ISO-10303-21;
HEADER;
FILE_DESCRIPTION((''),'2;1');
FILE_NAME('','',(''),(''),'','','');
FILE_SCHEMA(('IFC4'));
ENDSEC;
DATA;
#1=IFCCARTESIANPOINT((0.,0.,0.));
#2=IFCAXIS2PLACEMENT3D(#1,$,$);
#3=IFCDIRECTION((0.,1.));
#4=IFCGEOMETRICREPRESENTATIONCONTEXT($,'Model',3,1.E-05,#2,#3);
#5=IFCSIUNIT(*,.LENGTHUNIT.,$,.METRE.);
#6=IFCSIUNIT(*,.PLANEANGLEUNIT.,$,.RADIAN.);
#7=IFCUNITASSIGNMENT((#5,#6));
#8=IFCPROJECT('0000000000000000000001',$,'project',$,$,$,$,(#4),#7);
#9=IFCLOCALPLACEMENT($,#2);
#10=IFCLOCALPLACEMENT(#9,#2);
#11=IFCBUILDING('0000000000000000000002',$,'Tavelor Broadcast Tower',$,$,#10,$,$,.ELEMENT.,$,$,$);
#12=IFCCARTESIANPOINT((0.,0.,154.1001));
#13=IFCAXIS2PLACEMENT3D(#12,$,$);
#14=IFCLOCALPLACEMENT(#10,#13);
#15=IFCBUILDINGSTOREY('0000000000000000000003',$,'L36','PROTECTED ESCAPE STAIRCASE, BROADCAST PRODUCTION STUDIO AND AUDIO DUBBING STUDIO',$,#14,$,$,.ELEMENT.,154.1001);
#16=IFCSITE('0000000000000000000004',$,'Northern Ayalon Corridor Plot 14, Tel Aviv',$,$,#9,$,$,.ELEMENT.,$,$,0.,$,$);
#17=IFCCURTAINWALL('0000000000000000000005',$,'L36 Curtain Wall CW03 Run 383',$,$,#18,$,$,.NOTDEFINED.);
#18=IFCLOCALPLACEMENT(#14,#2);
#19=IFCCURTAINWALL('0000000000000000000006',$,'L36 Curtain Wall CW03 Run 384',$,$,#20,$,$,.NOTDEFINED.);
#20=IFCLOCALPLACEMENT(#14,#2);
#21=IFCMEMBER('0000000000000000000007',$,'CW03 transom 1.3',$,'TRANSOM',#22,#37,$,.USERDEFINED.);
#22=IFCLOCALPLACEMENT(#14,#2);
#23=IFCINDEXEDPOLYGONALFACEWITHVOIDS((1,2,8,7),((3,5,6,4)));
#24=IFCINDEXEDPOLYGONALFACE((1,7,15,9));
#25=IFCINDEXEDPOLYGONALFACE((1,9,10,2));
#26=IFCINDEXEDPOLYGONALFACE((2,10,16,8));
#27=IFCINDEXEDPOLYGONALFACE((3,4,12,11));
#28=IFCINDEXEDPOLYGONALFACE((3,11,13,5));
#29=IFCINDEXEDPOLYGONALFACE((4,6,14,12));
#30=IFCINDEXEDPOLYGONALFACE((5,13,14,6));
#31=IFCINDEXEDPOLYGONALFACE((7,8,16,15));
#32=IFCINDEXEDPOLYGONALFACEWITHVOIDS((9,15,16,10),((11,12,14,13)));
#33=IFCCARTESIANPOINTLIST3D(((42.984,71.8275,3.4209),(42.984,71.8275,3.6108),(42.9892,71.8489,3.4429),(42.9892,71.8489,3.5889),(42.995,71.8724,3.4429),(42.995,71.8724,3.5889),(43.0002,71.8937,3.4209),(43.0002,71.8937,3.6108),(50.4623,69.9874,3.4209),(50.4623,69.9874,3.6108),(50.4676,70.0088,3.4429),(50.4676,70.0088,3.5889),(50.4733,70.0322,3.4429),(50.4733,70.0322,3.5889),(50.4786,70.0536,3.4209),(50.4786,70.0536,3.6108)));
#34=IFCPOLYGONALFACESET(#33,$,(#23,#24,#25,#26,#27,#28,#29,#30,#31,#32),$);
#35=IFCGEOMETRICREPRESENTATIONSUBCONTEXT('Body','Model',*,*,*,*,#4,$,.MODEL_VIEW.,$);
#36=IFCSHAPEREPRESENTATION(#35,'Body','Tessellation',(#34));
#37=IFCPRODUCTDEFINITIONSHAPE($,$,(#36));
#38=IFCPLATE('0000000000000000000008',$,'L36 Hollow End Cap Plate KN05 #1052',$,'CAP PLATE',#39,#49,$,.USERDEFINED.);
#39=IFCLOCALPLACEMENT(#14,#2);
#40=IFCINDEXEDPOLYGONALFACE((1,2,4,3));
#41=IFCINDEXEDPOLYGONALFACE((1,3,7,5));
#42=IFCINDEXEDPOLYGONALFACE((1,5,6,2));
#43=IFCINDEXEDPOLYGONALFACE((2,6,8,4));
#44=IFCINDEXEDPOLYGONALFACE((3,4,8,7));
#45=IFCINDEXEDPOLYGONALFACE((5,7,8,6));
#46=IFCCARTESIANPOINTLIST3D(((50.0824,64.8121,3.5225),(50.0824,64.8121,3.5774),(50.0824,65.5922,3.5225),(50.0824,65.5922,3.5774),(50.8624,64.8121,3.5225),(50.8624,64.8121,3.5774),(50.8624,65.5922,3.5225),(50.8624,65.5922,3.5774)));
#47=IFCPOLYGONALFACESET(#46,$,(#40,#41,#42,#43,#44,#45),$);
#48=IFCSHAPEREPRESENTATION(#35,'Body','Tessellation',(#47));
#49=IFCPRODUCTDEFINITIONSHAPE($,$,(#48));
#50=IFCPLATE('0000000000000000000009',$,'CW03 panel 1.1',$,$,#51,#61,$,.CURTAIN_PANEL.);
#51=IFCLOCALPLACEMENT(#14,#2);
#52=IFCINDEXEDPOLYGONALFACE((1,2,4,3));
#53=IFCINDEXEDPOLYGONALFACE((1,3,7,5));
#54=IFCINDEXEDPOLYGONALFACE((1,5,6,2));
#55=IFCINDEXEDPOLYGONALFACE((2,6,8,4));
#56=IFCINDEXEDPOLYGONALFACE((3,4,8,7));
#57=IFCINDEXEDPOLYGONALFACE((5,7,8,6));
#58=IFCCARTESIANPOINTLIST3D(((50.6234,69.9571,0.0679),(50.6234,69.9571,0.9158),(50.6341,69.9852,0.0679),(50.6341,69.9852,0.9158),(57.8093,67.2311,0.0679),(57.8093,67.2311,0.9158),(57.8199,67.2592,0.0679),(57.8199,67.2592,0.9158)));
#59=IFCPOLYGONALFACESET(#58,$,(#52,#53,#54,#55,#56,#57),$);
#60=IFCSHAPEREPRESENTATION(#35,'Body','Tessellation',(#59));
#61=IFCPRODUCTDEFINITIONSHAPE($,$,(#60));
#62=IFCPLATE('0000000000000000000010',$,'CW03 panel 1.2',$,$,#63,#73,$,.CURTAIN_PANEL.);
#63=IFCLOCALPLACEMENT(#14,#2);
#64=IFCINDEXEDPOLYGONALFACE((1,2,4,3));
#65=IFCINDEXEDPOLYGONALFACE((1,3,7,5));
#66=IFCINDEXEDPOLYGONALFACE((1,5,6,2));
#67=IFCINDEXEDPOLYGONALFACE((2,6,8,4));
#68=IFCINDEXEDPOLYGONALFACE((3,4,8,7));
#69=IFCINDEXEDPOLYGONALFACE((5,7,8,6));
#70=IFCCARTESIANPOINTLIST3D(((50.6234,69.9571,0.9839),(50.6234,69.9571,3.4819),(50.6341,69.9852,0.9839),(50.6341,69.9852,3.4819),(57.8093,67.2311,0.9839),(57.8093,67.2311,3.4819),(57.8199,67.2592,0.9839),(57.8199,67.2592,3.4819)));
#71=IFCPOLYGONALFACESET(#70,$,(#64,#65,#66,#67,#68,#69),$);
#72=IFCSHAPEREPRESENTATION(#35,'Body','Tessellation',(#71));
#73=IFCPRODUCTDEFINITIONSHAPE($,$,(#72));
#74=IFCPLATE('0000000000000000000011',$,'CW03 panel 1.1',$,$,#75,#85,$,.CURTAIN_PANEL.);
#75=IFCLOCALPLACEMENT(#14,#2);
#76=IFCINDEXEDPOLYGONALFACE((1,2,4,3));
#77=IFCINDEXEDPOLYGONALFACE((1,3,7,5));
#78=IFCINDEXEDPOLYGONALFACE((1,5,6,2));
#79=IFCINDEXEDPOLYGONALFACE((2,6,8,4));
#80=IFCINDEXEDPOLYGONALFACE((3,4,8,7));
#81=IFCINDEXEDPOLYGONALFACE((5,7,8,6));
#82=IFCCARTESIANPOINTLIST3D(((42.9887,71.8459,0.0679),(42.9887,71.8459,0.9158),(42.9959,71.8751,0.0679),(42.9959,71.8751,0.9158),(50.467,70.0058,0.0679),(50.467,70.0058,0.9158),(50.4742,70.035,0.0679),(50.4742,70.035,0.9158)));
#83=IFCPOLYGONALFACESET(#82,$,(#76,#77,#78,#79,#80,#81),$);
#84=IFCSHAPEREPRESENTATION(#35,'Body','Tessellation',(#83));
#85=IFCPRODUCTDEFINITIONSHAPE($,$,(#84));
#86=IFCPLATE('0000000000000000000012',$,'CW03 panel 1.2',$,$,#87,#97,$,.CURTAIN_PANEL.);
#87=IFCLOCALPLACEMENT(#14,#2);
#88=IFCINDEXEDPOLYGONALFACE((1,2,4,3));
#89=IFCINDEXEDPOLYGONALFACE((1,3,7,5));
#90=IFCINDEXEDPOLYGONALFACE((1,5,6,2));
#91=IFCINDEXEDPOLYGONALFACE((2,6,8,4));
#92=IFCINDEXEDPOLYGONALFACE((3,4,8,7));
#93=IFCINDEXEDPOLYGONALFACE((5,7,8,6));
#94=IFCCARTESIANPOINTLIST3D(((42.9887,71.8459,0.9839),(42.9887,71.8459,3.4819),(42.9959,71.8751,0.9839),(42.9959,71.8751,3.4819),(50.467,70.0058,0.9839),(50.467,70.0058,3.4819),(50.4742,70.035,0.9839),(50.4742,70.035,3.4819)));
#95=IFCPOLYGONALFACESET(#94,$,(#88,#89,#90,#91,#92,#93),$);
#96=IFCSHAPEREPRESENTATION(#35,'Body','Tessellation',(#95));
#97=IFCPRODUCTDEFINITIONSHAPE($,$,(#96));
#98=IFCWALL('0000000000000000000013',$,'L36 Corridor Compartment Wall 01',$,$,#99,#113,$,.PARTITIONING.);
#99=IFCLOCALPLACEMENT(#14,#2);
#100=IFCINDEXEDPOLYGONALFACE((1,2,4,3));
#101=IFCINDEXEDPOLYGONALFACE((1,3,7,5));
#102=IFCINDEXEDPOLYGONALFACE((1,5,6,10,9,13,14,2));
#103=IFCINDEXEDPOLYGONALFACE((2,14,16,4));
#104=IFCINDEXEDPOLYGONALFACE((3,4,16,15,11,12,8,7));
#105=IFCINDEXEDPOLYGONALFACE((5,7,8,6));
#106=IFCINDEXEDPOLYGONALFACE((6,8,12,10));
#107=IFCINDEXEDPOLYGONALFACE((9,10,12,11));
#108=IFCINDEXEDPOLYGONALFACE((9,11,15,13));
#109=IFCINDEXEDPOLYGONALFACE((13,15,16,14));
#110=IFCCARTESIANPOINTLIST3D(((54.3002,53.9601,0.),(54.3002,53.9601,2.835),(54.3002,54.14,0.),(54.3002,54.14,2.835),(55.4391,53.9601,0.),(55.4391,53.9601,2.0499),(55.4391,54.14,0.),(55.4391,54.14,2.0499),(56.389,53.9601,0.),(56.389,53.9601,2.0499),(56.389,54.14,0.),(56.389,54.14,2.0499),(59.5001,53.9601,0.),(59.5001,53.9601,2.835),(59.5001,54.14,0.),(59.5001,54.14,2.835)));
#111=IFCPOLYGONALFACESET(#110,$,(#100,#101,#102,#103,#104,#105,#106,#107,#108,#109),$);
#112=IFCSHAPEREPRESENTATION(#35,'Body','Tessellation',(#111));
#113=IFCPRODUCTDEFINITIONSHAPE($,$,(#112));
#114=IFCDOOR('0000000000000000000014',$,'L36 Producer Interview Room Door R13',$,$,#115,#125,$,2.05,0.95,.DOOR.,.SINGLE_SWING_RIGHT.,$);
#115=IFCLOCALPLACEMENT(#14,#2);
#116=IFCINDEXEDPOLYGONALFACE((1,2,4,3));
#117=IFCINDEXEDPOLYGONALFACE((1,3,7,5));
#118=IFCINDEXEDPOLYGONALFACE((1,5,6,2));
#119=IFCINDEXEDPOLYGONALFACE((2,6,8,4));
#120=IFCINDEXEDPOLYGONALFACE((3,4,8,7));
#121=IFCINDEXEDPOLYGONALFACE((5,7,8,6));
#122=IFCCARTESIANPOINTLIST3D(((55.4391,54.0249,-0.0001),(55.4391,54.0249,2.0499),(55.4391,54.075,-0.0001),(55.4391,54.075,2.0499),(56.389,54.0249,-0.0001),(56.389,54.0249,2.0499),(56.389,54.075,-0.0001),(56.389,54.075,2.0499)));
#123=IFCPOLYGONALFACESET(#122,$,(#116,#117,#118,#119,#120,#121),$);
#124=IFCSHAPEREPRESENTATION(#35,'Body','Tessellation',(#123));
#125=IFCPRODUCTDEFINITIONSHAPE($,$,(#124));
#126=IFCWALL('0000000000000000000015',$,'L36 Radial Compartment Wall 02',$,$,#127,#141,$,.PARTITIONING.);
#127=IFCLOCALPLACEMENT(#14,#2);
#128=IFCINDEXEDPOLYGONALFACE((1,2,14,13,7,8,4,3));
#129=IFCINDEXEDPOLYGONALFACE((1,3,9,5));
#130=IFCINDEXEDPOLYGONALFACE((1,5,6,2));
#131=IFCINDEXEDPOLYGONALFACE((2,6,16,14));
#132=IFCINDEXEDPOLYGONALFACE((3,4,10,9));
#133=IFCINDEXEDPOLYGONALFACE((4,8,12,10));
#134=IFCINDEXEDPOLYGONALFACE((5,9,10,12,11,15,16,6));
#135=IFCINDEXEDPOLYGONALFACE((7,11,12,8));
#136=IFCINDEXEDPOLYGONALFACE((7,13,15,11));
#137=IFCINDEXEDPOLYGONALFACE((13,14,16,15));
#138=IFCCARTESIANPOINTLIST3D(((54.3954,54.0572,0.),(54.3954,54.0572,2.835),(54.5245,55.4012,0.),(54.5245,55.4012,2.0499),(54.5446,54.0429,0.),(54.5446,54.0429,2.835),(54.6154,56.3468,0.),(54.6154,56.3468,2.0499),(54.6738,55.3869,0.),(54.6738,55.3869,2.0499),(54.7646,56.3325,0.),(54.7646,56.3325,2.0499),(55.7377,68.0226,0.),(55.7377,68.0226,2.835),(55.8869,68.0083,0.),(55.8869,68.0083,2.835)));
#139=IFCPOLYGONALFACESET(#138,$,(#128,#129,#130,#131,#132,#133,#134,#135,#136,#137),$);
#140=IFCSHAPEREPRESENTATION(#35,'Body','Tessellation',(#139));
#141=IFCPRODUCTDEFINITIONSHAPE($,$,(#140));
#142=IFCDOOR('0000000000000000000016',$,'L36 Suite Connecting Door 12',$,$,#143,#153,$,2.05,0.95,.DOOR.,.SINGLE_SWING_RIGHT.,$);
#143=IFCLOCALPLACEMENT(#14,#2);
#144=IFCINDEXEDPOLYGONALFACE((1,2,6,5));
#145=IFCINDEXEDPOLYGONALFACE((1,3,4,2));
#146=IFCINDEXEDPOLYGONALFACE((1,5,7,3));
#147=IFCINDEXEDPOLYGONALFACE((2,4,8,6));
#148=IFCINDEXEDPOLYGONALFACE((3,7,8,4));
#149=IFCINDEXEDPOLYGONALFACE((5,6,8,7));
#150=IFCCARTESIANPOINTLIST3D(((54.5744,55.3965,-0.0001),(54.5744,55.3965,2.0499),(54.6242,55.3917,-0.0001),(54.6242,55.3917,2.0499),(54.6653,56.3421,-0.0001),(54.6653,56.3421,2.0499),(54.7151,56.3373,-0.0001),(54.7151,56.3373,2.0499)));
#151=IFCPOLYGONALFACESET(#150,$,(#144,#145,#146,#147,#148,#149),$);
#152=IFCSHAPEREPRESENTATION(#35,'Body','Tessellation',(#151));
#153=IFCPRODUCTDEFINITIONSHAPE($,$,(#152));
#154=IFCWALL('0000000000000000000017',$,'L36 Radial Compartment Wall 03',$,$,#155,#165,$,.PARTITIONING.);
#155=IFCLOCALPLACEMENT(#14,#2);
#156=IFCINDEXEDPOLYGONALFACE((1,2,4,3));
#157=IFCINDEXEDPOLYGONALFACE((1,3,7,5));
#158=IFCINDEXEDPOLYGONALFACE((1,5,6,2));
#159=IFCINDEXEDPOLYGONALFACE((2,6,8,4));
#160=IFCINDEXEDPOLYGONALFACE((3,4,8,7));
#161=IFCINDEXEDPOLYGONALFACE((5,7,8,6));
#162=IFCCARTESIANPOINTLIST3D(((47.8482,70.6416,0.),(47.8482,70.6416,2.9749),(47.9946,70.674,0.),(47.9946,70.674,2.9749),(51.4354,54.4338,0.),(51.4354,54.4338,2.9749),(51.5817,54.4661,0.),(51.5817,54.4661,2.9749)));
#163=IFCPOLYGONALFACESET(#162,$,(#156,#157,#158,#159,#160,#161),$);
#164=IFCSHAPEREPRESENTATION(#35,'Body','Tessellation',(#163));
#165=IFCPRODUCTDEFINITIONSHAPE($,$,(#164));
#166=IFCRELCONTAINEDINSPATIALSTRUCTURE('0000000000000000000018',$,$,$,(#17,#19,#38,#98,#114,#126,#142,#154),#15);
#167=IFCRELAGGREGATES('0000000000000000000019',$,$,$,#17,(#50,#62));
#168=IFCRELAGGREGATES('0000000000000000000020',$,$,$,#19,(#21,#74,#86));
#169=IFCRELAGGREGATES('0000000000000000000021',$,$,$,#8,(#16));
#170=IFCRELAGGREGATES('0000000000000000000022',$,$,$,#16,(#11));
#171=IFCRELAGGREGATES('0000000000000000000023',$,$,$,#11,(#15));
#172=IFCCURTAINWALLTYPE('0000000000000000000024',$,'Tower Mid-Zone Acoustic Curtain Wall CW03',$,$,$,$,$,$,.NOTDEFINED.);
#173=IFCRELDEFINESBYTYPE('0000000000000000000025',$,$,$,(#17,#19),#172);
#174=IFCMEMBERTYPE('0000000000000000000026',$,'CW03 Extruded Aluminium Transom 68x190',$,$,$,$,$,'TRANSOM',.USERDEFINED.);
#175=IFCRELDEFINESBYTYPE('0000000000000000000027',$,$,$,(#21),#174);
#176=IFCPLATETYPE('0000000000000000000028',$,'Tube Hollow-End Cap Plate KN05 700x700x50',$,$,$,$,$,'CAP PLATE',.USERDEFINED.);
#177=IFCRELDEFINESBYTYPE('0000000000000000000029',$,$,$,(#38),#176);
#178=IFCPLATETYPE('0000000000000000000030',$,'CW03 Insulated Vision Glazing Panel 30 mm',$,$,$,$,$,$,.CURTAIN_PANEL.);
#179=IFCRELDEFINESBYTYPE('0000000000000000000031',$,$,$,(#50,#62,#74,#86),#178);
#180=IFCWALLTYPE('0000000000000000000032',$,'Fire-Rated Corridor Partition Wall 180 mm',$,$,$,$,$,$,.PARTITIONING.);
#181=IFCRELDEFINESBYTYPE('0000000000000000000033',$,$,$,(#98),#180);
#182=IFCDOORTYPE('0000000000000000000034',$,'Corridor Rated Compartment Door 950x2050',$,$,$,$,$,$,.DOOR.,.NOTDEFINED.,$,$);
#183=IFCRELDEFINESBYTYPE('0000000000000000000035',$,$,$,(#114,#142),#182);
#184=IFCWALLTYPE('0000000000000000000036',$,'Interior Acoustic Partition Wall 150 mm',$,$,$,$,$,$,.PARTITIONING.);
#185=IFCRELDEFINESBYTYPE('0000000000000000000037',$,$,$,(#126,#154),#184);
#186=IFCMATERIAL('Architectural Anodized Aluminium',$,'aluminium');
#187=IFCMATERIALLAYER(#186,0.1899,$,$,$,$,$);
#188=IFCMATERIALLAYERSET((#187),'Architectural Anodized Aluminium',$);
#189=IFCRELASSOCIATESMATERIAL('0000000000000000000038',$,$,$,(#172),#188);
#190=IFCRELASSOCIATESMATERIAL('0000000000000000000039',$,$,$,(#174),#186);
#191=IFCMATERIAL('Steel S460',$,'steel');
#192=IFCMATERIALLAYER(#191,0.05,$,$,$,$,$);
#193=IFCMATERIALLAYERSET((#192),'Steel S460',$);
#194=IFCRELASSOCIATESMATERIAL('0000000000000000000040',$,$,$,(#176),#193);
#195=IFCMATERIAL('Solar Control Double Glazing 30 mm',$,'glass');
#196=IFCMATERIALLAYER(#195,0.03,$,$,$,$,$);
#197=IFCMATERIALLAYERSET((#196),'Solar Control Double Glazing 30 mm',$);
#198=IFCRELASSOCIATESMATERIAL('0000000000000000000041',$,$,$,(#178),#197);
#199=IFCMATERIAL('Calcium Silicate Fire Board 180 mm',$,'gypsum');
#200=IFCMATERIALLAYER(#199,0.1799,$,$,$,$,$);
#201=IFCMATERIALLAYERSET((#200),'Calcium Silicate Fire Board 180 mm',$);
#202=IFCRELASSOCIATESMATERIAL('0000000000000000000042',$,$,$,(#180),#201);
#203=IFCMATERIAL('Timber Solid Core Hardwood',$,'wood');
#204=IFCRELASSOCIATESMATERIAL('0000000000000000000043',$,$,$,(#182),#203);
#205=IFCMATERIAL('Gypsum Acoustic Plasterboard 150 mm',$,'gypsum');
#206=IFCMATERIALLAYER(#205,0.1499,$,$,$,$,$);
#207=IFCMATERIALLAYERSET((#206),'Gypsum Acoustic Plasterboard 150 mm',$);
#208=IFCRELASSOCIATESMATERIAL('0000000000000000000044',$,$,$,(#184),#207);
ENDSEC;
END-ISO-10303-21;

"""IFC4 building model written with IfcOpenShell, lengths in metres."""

from ifc_helpers import new_model, si_unit, direction, frame, frame_2d, origin, origin_2d, place, context, subcontext, project, spatial, rectangle, hollow_rectangle, extrude, source, transform, mapped, material, layer, layer_set, material_profile, profile_set, type_object, type_shapes, element, fill, aggregate, save


model = new_model("IFC4")

# Units and contexts
model_context = context("Model", 3, precision=1e-05, world=origin(), true_north=direction((0.0, 1.0)))
body_context = subcontext(model_context, "Body", "Model", "MODEL_VIEW")
ifc_project = project(units=[si_unit("LENGTHUNIT", "METRE"), si_unit("PLANEANGLEUNIT", "RADIAN")], contexts=[model_context])

# Site, building, storey
site_placement = place(None, origin())
site = spatial("IfcSite", under=ifc_project, at=site_placement, Name="Northern Ayalon Corridor Plot 14, Tel Aviv", CompositionType="ELEMENT", RefElevation=0.0)
building_placement = place(site_placement, origin())
building = spatial("IfcBuilding", under=site, at=building_placement, Name="Tavelor Broadcast Tower", CompositionType="ELEMENT")
storey_placement = place(building_placement, frame((0.0, 0.0, 154.1001)))
storey = spatial("IfcBuildingStorey", under=building, at=storey_placement, Name="L36", Description="PROTECTED ESCAPE STAIRCASE, BROADCAST PRODUCTION STUDIO AND AUDIO DUBBING STUDIO", CompositionType="ELEMENT", Elevation=154.1001)

# Shared definitions
ifc_material_1 = material(Name="Steel S460", Category="steel")

# Curtain wall
ifc_material_2 = material(Name="Architectural Anodized Aluminium", Category="aluminium")
ifc_layer_1 = layer(ifc_material_2, 0.1899)
ifc_layer_set_1 = layer_set([ifc_layer_1], Name="Architectural Anodized Aluminium")
curtain_wall_type = type_object("IfcCurtainWallType", Name="Tower Mid-Zone Acoustic Curtain Wall CW03", PredefinedType="NOTDEFINED", material=ifc_layer_set_1)
curtain_wall_1_placement = place(storey_placement, origin())
curtain_wall_1 = element("IfcCurtainWall", 1, at=curtain_wall_1_placement, inside=storey, type_object=curtain_wall_type, Name="L36 Curtain Wall CW03 Run 383", PredefinedType="NOTDEFINED")

# Curtain wall, member
curtain_wall_2_placement = place(storey_placement, origin())
curtain_wall_2 = element("IfcCurtainWall", 2, at=curtain_wall_2_placement, inside=storey, type_object=curtain_wall_type, Name="L36 Curtain Wall CW03 Run 384", PredefinedType="NOTDEFINED")
ifc_material_profile_1 = material_profile(ifc_material_2, hollow_rectangle(XDim=0.0681, YDim=0.1899, WallThickness=0.022, at=origin_2d()), Name="RHS 68x190x22")
ifc_profile_set_1 = profile_set([ifc_material_profile_1], Name="Architectural Anodized Aluminium")
member_type_1 = type_object("IfcMemberType", Name="CW03 Extruded Aluminium Transom 68x190", ElementType="TRANSOM", PredefinedType="USERDEFINED", material=ifc_profile_set_1)
shared_shape_1 = source(origin(), body_context, "Body", "SweptSolid", [
    extrude(hollow_rectangle(XDim=0.0681, YDim=0.1899, WallThickness=0.022, at=origin_2d()), origin(), (0.0, 0.0, 1.0), 7.7014),
])
type_shapes(member_type_1, [shared_shape_1])
member_1_placement = place(storey_placement, frame((50.4705, 70.0205, 3.5159), z_axis=(-0.971036, 0.238931, 0.0), x_axis=(-0.238931, -0.971036, 0.0)))
member_1 = element("IfcMember", 3, at=member_1_placement, type_object=member_type_1, Name="CW03 transom 1.3", ObjectType="TRANSOM", PredefinedType="USERDEFINED", context=body_context, shape_type="MappedRepresentation", body=[
    mapped(shared_shape_1, transform((0.0, 0.0, 0.0), scale=1.0)),
])

# Plates
ifc_layer_2 = layer(ifc_material_1, 0.05)
ifc_layer_set_2 = layer_set([ifc_layer_2], Name="Steel S460")
plate_type_1 = type_object("IfcPlateType", Name="Tube Hollow-End Cap Plate KN05 700x700x50", ElementType="CAP PLATE", PredefinedType="USERDEFINED", material=ifc_layer_set_2)
shared_shape_2 = source(origin(), body_context, "Body", "SweptSolid", [
    extrude(rectangle(XDim=0.78, YDim=0.78, at=origin_2d()), origin(), (0.0, 0.0, 1.0), 0.0549),
])
type_shapes(plate_type_1, [shared_shape_2])
plate_1_placement = place(storey_placement, frame((50.4724, 65.2021, 3.5225), z_axis=(0.0, 0.0, 1.0), x_axis=(1.0, 0.0, 0.0)))
element("IfcPlate", 4, at=plate_1_placement, inside=storey, type_object=plate_type_1, Name="L36 Hollow End Cap Plate KN05 #1052", ObjectType="CAP PLATE", PredefinedType="USERDEFINED", context=body_context, shape_type="MappedRepresentation", body=[
    mapped(shared_shape_2, transform((0.0, 0.0, 0.0), scale=1.0)),
])
ifc_material_3 = material(Name="Solar Control Double Glazing 30 mm", Category="glass")
ifc_layer_3 = layer(ifc_material_3, 0.03)
ifc_layer_set_3 = layer_set([ifc_layer_3], Name="Solar Control Double Glazing 30 mm")
plate_type_2 = type_object("IfcPlateType", Name="CW03 Insulated Vision Glazing Panel 30 mm", PredefinedType="CURTAIN_PANEL", material=ifc_layer_set_3)
shared_shape_3 = source(origin(), body_context, "Body", "SweptSolid", [
    extrude(rectangle(XDim=7.6855, YDim=0.03, at=origin_2d()), origin(), (0.0, 0.0, 1.0), 0.8479),
])
plate_2_placement = place(storey_placement, frame((54.2217, 68.6082, 0.0679), z_axis=(0.0, 0.0, 1.0), x_axis=(-0.93498, 0.354699, 0.0)))
plate_2 = element("IfcPlate", 5, at=plate_2_placement, type_object=plate_type_2, Name="CW03 panel 1.1", PredefinedType="CURTAIN_PANEL", context=body_context, shape_type="MappedRepresentation", body=[
    mapped(shared_shape_3, transform((0.0, 0.0, 0.0), scale=1.0)),
])
shared_shape_4 = source(origin(), body_context, "Body", "SweptSolid", [
    extrude(rectangle(XDim=7.6855, YDim=0.03, at=origin_2d()), origin(), (0.0, 0.0, 1.0), 2.498),
])
plate_3_placement = place(storey_placement, frame((54.2217, 68.6082, 0.9839), z_axis=(0.0, 0.0, 1.0), x_axis=(-0.93498, 0.354699, 0.0)))
plate_3 = element("IfcPlate", 6, at=plate_3_placement, type_object=plate_type_2, Name="CW03 panel 1.2", PredefinedType="CURTAIN_PANEL", context=body_context, shape_type="MappedRepresentation", body=[
    mapped(shared_shape_4, transform((0.0, 0.0, 0.0), scale=1.0)),
])
aggregate(curtain_wall_1, [plate_2, plate_3])
shared_shape_5 = source(origin(), body_context, "Body", "SweptSolid", [
    extrude(rectangle(XDim=7.7014, YDim=0.03, at=origin_2d()), origin(), (0.0, 0.0, 1.0), 0.8479),
])
plate_4_placement = place(storey_placement, frame((46.7314, 70.9404, 0.0679), z_axis=(0.0, 0.0, 1.0), x_axis=(-0.971036, 0.238931, 0.0)))
plate_4 = element("IfcPlate", 7, at=plate_4_placement, type_object=plate_type_2, Name="CW03 panel 1.1", PredefinedType="CURTAIN_PANEL", context=body_context, shape_type="MappedRepresentation", body=[
    mapped(shared_shape_5, transform((0.0, 0.0, 0.0), scale=1.0)),
])
shared_shape_6 = source(origin(), body_context, "Body", "SweptSolid", [
    extrude(rectangle(XDim=7.7014, YDim=0.03, at=origin_2d()), origin(), (0.0, 0.0, 1.0), 2.498),
])
type_shapes(plate_type_2, [shared_shape_3, shared_shape_4, shared_shape_5, shared_shape_6])
plate_5_placement = place(storey_placement, frame((46.7314, 70.9404, 0.9839), z_axis=(0.0, 0.0, 1.0), x_axis=(-0.971036, 0.238931, 0.0)))
plate_5 = element("IfcPlate", 8, at=plate_5_placement, type_object=plate_type_2, Name="CW03 panel 1.2", PredefinedType="CURTAIN_PANEL", context=body_context, shape_type="MappedRepresentation", body=[
    mapped(shared_shape_6, transform((0.0, 0.0, 0.0), scale=1.0)),
])
aggregate(curtain_wall_2, [member_1, plate_4, plate_5])

# Walls, openings, doors
ifc_material_4 = material(Name="Calcium Silicate Fire Board 180 mm", Category="gypsum")
ifc_layer_4 = layer(ifc_material_4, 0.1799)
ifc_layer_set_4 = layer_set([ifc_layer_4], Name="Calcium Silicate Fire Board 180 mm")
wall_type_1 = type_object("IfcWallType", Name="Fire-Rated Corridor Partition Wall 180 mm", PredefinedType="PARTITIONING", material=ifc_layer_set_4)
wall_1_placement = place(storey_placement, frame((54.3, 54.05, 0.0), z_axis=(0.0, 0.0, 1.0), x_axis=(1.0, 0.0, 0.0)))
wall_1 = element("IfcWall", 9, at=wall_1_placement, inside=storey, type_object=wall_type_1, Name="L36 Corridor Compartment Wall 01", PredefinedType="PARTITIONING", context=body_context, shape_type="SweptSolid", body=[
    extrude(rectangle(XDim=5.2, YDim=0.1799, at=frame_2d((2.6001, 0.0))), origin(), (0.0, 0.0, 1.0), 2.835),
])
opening_1_placement = place(wall_1_placement, frame((1.1389, 0.0, 0.0)))
opening_1 = element("IfcOpeningElement", 10, at=opening_1_placement, cuts=wall_1, PredefinedType="OPENING", context=body_context, shape_type="SweptSolid", body=[
    extrude(rectangle(XDim=0.95, YDim=2.05, at=frame_2d((0.4751, 1.0249))), frame((0.0, 0.1001, 0.0), z_axis=(0.0, -1.0, 0.0), x_axis=(1.0, 0.0, 0.0)), (0.0, 0.0, 1.0), 0.2),
])
ifc_material_5 = material(Name="Timber Solid Core Hardwood", Category="wood")
door_type = type_object("IfcDoorType", Name="Corridor Rated Compartment Door 950x2050", OperationType="NOTDEFINED", PredefinedType="DOOR", material=ifc_material_5)
door_1_placement = place(opening_1_placement, origin())
door_1 = element("IfcDoor", 11, at=door_1_placement, inside=storey, type_object=door_type, Name="L36 Producer Interview Room Door R13", OperationType="SINGLE_SWING_RIGHT", OverallHeight=2.05, OverallWidth=0.95, PredefinedType="DOOR", context=body_context, shape_type="SweptSolid", body=[
    extrude(rectangle(XDim=0.95, YDim=2.05, at=frame_2d((0.4751, 1.0249))), frame((0.0, 0.0249, 0.0), z_axis=(0.0, -1.0, 0.0), x_axis=(1.0, 0.0, 0.0)), (0.0, 0.0, 1.0), 0.05),
])
fill(opening_1, door_1)
ifc_material_6 = material(Name="Gypsum Acoustic Plasterboard 150 mm", Category="gypsum")
ifc_layer_5 = layer(ifc_material_6, 0.1499)
ifc_layer_set_5 = layer_set([ifc_layer_5], Name="Gypsum Acoustic Plasterboard 150 mm")
wall_type_2 = type_object("IfcWallType", Name="Interior Acoustic Partition Wall 150 mm", PredefinedType="PARTITIONING", material=ifc_layer_set_5)
wall_2_placement = place(storey_placement, frame((54.47, 54.05, 0.0), z_axis=(0.0, 0.0, 1.0), x_axis=(0.095675, 0.995413, 0.0)))
wall_2 = element("IfcWall", 12, at=wall_2_placement, inside=storey, type_object=wall_type_2, Name="L36 Radial Compartment Wall 02", PredefinedType="PARTITIONING", context=body_context, shape_type="SweptSolid", body=[
    extrude(rectangle(XDim=14.0298, YDim=0.1499, at=frame_2d((7.0149, 0.0))), origin(), (0.0, 0.0, 1.0), 2.835),
])
opening_2_placement = place(wall_2_placement, frame((1.3501, 0.0, 0.0)))
opening_2 = element("IfcOpeningElement", 13, at=opening_2_placement, cuts=wall_2, PredefinedType="OPENING", context=body_context, shape_type="SweptSolid", body=[
    extrude(rectangle(XDim=0.95, YDim=2.05, at=frame_2d((0.4751, 1.0249))), frame((0.0, 0.085, 0.0), z_axis=(0.0, -1.0, 0.0), x_axis=(1.0, 0.0, 0.0)), (0.0, 0.0, 1.0), 0.1699),
])
door_2_placement = place(opening_2_placement, origin())
door_2 = element("IfcDoor", 14, at=door_2_placement, inside=storey, type_object=door_type, Name="L36 Suite Connecting Door 12", OperationType="SINGLE_SWING_RIGHT", OverallHeight=2.05, OverallWidth=0.95, PredefinedType="DOOR", context=body_context, shape_type="SweptSolid", body=[
    extrude(rectangle(XDim=0.95, YDim=2.05, at=frame_2d((0.4751, 1.0249))), frame((0.0, 0.0249, 0.0), z_axis=(0.0, -1.0, 0.0), x_axis=(1.0, 0.0, 0.0)), (0.0, 0.0, 1.0), 0.05),
])
fill(opening_2, door_2)

# Wall
wall_3_placement = place(storey_placement, frame((51.5085, 54.45, 0.0), z_axis=(0.0, 0.0, 1.0), x_axis=(-0.216091, 0.976373, 0.0)))
element("IfcWall", 15, at=wall_3_placement, inside=storey, type_object=wall_type_2, Name="L36 Radial Compartment Wall 03", PredefinedType="PARTITIONING", context=body_context, shape_type="SweptSolid", body=[
    extrude(rectangle(XDim=16.6001, YDim=0.1499, at=frame_2d((8.3, 0.0))), origin(), (0.0, 0.0, 1.0), 2.9749),
])

save(model, "model.ifc")
